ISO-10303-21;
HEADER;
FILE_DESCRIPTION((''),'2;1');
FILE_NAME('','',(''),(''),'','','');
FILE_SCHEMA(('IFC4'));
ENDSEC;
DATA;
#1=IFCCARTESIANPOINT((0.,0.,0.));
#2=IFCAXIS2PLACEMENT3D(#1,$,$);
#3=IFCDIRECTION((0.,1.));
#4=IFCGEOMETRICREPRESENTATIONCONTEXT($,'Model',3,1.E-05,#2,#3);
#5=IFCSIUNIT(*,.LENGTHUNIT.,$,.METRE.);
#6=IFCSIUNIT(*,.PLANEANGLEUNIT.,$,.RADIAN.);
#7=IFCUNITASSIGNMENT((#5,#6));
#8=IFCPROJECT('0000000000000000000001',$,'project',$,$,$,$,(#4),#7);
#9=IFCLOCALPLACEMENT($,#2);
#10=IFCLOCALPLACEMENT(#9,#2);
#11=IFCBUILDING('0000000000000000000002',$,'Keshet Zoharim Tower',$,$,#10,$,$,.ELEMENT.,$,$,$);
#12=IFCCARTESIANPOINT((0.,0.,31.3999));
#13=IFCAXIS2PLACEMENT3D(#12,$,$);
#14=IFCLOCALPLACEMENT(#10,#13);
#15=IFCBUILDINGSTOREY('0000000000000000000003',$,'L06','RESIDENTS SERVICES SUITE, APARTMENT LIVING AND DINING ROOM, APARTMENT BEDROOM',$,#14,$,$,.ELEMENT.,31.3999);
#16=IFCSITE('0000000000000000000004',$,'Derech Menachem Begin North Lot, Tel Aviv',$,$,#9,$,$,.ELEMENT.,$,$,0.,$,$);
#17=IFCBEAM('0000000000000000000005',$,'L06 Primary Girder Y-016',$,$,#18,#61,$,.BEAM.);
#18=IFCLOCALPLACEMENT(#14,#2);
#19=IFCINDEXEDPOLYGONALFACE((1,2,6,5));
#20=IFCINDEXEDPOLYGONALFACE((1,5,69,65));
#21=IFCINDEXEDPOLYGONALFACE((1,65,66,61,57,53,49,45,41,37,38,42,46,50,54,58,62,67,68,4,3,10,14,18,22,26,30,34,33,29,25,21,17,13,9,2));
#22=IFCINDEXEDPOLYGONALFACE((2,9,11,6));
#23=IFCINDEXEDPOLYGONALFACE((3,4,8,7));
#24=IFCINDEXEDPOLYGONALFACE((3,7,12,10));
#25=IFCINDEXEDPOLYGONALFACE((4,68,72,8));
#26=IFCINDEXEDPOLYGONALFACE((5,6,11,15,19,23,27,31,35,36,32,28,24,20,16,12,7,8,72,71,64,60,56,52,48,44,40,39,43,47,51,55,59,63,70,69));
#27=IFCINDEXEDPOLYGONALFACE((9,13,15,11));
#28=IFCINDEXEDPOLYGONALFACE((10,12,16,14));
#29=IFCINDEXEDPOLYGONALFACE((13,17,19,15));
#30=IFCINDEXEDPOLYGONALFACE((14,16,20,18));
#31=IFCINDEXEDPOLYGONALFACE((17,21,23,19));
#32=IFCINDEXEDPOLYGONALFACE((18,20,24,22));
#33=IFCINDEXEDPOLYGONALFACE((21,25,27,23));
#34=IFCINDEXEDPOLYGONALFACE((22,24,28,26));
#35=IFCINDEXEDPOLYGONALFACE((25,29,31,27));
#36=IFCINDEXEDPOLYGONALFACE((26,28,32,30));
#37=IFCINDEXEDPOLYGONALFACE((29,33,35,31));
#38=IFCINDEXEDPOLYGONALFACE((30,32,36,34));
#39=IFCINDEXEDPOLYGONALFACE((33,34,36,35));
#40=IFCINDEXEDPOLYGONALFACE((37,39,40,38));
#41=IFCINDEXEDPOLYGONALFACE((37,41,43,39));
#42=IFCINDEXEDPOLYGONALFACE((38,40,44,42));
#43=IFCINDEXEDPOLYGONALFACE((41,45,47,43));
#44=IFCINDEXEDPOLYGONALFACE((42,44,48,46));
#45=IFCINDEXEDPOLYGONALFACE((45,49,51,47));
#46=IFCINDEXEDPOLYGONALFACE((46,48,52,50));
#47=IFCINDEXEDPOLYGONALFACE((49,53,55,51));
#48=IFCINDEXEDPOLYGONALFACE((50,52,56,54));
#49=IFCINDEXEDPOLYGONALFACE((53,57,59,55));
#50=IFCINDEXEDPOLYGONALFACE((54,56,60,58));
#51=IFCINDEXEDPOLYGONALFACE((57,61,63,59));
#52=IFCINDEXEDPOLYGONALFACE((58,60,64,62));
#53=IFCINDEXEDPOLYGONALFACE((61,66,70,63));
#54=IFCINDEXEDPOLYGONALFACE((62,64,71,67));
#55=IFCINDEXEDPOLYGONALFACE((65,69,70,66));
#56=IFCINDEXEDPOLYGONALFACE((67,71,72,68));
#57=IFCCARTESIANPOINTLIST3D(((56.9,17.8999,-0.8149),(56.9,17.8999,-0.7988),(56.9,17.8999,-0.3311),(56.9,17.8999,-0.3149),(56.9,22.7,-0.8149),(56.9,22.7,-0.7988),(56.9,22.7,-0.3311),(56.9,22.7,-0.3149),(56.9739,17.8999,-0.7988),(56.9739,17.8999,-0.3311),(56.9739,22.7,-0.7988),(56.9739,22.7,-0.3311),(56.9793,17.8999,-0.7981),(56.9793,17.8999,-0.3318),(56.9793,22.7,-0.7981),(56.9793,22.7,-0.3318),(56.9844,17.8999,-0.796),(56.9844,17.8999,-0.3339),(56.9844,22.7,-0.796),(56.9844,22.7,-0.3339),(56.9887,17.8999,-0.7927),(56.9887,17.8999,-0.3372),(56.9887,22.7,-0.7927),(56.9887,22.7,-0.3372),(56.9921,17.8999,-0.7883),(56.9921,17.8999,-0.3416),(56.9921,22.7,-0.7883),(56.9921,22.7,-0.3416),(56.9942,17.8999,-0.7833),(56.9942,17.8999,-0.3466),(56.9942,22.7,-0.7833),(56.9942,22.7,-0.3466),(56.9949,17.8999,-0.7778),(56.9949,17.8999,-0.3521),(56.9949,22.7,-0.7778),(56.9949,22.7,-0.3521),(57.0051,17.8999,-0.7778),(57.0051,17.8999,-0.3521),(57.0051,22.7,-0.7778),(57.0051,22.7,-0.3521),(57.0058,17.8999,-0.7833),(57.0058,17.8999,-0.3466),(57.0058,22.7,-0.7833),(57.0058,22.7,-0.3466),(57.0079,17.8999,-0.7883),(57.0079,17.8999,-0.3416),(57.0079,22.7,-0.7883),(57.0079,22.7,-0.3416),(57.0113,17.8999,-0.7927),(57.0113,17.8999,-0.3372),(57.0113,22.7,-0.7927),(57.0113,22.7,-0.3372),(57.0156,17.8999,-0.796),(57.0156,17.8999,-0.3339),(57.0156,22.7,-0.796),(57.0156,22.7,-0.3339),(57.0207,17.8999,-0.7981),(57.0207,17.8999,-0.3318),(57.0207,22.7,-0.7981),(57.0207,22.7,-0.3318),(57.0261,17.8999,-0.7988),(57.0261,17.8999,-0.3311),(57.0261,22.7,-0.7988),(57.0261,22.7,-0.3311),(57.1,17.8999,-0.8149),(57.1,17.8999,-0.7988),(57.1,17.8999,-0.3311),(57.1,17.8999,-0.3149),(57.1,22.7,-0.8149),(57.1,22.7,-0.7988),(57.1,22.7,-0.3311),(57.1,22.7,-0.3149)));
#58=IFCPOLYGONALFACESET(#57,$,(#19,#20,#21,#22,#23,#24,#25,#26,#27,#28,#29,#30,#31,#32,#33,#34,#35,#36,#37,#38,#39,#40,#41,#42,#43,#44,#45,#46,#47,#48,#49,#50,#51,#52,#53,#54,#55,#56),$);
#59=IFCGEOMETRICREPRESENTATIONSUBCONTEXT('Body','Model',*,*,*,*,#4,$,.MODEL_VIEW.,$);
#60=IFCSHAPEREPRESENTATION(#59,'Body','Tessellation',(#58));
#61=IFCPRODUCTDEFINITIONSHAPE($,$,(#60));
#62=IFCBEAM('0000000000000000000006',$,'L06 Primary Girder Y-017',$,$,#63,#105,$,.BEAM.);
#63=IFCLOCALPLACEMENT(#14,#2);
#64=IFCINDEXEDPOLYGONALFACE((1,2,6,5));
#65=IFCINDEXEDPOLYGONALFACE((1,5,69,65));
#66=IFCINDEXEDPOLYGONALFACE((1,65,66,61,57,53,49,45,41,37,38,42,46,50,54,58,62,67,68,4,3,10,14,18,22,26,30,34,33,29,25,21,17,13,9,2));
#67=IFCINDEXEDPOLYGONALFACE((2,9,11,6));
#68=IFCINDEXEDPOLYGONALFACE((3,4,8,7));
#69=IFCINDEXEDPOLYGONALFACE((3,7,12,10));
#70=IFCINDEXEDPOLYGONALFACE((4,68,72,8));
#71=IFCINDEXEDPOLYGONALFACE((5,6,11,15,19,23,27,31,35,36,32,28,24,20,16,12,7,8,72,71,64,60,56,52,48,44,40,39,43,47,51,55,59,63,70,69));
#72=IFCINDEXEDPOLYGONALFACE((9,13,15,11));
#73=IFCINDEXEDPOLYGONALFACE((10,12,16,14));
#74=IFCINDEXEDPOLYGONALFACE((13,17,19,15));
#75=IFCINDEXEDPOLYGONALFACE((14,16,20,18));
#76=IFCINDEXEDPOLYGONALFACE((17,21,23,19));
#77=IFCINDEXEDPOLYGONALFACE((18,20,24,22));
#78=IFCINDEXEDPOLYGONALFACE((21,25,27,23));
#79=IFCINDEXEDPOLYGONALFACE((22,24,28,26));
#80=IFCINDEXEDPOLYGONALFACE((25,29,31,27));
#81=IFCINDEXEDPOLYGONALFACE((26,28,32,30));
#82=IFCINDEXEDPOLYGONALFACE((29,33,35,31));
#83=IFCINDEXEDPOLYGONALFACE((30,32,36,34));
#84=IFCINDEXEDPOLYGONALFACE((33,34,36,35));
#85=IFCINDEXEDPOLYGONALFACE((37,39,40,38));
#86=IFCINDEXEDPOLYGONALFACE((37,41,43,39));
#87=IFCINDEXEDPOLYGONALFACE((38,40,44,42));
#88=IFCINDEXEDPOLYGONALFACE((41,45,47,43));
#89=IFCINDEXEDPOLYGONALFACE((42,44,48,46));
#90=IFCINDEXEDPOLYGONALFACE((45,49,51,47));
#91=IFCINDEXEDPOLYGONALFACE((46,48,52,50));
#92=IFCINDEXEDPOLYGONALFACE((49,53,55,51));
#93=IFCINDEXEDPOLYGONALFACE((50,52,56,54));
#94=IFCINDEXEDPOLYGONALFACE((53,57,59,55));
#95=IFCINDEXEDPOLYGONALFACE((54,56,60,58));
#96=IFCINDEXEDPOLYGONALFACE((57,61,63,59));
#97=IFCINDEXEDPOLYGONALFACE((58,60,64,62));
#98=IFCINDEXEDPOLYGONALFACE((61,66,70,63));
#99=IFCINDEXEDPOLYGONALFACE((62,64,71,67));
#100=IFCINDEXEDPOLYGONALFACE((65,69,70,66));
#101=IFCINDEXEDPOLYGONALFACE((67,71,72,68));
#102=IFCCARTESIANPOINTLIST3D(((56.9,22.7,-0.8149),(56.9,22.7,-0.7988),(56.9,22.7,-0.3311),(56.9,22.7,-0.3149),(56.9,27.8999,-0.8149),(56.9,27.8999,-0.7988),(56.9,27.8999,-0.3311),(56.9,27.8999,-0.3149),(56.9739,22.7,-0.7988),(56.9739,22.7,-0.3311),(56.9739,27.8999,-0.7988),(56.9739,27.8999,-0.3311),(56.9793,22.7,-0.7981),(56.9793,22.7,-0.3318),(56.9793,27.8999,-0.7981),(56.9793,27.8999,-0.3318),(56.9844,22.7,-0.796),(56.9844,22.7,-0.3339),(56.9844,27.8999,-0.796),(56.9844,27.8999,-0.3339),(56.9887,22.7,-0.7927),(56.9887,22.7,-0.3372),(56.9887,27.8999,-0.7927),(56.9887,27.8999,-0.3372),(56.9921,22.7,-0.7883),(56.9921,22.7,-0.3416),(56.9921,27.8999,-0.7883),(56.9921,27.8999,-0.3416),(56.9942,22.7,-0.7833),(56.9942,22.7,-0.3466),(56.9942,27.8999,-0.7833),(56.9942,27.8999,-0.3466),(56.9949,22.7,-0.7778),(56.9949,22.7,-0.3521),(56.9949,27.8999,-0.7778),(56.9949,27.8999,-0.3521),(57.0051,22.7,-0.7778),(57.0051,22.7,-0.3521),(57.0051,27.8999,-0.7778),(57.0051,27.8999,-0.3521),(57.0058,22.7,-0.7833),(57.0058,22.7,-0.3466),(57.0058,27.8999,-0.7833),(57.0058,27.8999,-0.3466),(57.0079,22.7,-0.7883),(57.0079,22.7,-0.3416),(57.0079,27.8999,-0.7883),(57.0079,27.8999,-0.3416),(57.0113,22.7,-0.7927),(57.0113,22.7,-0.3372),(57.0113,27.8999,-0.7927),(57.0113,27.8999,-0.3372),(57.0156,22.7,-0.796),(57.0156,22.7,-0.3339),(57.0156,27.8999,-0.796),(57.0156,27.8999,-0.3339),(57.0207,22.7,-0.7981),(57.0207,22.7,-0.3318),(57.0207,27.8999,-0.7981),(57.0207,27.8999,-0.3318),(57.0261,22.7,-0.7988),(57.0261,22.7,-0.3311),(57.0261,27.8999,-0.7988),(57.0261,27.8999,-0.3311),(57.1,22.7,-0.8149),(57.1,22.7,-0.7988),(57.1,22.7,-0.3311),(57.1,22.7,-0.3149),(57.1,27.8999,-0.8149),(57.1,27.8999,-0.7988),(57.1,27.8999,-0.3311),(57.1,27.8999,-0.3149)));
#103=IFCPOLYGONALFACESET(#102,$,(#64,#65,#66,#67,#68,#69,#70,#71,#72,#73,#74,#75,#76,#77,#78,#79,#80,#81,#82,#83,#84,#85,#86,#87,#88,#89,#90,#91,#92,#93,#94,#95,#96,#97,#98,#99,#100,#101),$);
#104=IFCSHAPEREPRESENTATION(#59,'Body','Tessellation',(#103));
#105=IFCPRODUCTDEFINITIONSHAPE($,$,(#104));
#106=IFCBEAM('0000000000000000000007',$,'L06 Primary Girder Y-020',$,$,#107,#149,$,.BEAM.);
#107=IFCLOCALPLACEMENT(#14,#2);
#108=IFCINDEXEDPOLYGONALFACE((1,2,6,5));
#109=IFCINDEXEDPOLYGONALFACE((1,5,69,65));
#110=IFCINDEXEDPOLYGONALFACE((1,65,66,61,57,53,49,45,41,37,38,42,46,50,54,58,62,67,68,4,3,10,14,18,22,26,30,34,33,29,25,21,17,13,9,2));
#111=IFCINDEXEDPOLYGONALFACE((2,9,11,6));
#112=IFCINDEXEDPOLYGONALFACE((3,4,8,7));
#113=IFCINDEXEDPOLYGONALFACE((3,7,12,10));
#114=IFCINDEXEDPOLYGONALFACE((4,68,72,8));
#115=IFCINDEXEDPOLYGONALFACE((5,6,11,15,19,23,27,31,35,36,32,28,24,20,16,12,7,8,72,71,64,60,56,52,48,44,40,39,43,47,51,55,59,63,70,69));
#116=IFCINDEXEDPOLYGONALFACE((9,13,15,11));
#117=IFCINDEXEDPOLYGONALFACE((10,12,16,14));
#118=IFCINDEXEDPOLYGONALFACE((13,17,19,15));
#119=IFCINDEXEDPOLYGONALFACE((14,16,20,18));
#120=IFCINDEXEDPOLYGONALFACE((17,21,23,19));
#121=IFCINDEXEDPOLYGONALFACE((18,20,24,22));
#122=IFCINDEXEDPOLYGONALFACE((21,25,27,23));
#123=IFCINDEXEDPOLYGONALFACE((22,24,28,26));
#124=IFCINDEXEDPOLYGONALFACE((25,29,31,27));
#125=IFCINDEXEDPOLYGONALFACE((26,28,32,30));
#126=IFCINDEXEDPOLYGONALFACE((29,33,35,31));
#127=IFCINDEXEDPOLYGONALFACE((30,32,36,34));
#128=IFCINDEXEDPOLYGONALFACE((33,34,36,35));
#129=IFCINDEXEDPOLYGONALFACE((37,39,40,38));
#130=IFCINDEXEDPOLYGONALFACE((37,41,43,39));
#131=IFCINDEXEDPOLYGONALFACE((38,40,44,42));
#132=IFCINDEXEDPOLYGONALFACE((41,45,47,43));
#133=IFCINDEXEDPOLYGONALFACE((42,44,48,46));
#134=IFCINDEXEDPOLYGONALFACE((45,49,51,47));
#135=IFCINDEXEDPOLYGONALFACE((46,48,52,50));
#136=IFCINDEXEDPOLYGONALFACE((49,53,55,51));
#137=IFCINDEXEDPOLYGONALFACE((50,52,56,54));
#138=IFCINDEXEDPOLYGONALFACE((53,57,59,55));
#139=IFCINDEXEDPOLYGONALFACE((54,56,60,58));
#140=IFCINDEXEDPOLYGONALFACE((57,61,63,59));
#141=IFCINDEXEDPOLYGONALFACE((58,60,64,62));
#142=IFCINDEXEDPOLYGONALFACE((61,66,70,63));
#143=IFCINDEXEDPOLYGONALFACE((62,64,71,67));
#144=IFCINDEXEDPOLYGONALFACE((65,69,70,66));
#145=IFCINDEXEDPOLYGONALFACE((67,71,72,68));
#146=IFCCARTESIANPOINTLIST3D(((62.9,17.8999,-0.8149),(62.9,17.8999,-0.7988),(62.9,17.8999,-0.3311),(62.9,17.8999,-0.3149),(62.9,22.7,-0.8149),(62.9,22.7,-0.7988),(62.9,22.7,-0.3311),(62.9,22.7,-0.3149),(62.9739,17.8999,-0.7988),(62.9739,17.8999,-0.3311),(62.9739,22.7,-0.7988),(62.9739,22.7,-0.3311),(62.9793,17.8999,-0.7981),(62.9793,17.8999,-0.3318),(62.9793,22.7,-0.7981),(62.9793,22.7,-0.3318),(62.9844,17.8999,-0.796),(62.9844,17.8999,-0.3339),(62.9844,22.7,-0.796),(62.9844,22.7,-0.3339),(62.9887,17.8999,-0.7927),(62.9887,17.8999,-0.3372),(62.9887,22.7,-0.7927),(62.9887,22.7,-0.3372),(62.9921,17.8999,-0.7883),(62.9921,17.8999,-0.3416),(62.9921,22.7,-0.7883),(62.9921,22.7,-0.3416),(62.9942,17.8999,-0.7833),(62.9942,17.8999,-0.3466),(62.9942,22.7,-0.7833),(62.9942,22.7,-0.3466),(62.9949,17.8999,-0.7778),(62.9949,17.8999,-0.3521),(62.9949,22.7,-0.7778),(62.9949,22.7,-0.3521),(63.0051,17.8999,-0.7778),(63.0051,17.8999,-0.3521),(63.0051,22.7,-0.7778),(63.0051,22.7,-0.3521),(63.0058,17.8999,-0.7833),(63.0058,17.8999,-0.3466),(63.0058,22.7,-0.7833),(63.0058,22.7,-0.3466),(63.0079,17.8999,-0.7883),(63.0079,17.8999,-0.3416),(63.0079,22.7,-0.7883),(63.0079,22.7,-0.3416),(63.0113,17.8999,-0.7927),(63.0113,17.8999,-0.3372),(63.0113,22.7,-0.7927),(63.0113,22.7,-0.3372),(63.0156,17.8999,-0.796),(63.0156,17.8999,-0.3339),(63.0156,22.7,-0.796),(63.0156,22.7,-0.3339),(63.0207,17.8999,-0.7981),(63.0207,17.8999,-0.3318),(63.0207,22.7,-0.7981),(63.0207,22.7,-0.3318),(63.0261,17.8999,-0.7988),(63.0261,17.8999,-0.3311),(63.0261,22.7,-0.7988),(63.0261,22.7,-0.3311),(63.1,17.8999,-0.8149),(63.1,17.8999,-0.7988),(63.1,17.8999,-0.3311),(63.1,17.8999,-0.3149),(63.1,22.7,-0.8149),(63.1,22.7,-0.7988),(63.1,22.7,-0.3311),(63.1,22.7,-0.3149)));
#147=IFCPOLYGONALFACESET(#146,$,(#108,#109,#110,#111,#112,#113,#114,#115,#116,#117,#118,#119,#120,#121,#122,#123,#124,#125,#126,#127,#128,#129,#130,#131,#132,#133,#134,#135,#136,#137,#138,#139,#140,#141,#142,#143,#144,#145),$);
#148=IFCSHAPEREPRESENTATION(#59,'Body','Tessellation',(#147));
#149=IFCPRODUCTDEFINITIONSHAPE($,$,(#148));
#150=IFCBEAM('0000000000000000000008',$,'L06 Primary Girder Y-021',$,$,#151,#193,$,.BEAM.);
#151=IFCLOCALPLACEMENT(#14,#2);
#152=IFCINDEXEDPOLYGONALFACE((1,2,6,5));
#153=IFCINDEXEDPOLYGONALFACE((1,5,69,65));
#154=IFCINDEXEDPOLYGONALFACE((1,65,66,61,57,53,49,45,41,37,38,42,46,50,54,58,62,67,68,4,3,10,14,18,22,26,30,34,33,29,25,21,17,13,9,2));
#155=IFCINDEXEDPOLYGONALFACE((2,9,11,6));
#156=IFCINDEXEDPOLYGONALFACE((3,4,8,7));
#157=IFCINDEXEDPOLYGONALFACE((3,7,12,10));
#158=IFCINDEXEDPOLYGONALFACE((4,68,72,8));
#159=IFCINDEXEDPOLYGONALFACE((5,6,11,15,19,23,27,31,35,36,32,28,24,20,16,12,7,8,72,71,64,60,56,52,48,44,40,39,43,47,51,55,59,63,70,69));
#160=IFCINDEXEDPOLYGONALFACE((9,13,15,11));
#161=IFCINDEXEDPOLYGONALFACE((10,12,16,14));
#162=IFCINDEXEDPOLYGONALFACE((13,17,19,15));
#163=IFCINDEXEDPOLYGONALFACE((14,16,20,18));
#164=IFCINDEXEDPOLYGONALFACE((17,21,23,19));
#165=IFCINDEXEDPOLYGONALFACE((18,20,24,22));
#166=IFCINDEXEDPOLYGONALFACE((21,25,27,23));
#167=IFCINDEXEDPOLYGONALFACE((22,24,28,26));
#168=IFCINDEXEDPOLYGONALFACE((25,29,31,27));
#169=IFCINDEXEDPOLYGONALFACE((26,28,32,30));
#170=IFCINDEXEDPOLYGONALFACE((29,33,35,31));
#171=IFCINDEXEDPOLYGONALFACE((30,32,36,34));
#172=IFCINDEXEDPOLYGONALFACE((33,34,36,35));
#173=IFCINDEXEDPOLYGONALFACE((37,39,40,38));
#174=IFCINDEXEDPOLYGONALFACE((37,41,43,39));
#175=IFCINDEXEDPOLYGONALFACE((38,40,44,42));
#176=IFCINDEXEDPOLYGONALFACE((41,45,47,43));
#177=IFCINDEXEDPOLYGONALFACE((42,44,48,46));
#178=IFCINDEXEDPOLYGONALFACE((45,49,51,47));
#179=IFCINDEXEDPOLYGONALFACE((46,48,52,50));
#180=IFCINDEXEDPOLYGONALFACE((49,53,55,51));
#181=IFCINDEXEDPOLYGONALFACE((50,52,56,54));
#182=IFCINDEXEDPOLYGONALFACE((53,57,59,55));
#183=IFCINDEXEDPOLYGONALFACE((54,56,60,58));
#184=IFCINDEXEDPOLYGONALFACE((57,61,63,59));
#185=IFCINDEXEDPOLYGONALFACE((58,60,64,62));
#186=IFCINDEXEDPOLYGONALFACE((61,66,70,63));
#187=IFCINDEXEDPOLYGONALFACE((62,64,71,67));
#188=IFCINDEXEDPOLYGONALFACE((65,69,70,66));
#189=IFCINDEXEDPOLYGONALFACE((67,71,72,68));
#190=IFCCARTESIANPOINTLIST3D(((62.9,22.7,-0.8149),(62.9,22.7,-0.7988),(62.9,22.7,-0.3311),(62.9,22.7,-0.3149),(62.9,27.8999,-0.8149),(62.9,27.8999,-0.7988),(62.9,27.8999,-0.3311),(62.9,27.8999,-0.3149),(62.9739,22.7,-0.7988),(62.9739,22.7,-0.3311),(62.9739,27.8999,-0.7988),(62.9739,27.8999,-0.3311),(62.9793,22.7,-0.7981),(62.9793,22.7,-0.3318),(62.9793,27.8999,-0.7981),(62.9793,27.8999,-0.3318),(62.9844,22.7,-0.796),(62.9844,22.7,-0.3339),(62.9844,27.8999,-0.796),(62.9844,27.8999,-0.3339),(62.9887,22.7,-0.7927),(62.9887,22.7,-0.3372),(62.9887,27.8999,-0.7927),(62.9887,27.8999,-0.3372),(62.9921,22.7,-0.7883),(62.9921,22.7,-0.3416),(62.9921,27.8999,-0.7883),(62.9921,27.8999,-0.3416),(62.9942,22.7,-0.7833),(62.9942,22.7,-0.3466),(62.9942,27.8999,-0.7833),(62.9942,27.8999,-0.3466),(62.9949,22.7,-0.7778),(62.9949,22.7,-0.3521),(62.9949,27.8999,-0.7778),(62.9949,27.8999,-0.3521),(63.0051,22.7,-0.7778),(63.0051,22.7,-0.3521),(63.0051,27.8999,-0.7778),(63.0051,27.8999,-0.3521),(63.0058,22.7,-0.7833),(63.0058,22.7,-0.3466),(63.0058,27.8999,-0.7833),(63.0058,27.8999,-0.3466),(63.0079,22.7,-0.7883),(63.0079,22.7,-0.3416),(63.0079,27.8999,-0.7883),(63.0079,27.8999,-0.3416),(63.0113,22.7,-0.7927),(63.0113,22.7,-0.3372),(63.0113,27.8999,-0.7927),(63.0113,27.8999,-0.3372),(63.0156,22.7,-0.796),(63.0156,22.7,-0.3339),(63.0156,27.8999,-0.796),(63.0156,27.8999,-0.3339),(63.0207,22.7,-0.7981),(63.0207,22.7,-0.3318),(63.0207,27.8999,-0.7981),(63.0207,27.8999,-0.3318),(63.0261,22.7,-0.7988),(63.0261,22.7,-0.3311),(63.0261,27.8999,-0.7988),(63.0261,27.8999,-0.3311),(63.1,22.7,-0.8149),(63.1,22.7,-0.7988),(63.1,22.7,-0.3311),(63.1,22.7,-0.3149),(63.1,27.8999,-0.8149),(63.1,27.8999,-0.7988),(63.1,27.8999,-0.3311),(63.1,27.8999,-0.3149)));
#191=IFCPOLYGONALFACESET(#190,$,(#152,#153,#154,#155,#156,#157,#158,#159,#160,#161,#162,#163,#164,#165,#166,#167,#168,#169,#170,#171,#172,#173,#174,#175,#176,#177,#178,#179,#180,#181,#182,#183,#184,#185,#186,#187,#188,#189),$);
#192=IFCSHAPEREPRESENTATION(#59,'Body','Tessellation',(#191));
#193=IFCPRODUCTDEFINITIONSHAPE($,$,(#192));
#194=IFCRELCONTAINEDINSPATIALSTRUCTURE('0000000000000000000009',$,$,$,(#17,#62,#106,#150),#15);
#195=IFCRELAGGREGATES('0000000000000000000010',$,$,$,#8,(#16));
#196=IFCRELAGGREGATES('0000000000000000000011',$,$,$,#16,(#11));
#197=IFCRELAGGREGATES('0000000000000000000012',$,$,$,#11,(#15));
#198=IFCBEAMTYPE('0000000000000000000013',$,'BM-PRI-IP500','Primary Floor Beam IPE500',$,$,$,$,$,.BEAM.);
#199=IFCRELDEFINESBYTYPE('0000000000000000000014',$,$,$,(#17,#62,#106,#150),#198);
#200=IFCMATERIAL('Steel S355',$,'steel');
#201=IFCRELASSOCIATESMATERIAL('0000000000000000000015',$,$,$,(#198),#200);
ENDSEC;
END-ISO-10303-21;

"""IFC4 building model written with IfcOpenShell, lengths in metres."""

from ifc_helpers import new_model, si_unit, direction, frame, origin, origin_2d, place, context, subcontext, project, spatial, i_section, extrude, material, material_profile, profile_set, type_object, element, save


model = new_model("IFC4")

# Units and contexts
model_context = context("Model", 3, precision=1e-05, world=origin(), true_north=direction((0.0, 1.0)))
body_context = subcontext(model_context, "Body", "Model", "MODEL_VIEW")
ifc_project = project(units=[si_unit("LENGTHUNIT", "METRE"), si_unit("PLANEANGLEUNIT", "RADIAN")], contexts=[model_context])

# Site, building, storey
site_placement = place(None, origin())
site = spatial("IfcSite", under=ifc_project, at=site_placement, Name="Derech Menachem Begin North Lot, Tel Aviv", CompositionType="ELEMENT", RefElevation=0.0)
building_placement = place(site_placement, origin())
building = spatial("IfcBuilding", under=site, at=building_placement, Name="Keshet Zoharim Tower", CompositionType="ELEMENT")
storey_placement = place(building_placement, frame((0.0, 0.0, 31.3999)))
storey = spatial("IfcBuildingStorey", under=building, at=storey_placement, Name="L06", Description="RESIDENTS SERVICES SUITE, APARTMENT LIVING AND DINING ROOM, APARTMENT BEDROOM", CompositionType="ELEMENT", Elevation=31.3999)

# Shared definitions
ifc_material_1 = material(Name="Steel S355", Category="steel")

# Beams
ifc_material_profile_1 = material_profile(ifc_material_1, i_section(OverallWidth=0.2, OverallDepth=0.5, WebThickness=0.0103, FlangeThickness=0.0161, FilletRadius=0.021, at=origin_2d()), Name="IPE500")
ifc_profile_set_1 = profile_set([ifc_material_profile_1], Name="Steel S355")
beam_type_1 = type_object("IfcBeamType", Name="BM-PRI-IP500", Description="Primary Floor Beam IPE500", PredefinedType="BEAM", material=ifc_profile_set_1)
beam_1_placement = place(storey_placement, frame((57.0, 17.8999, -0.5649), z_axis=(0.0, 1.0, 0.0), x_axis=(-1.0, 0.0, 0.0)))
element("IfcBeam", 1, at=beam_1_placement, inside=storey, type_object=beam_type_1, Name="L06 Primary Girder Y-016", PredefinedType="BEAM", context=body_context, shape_type="SweptSolid", body=[
    extrude(i_section(OverallWidth=0.2, OverallDepth=0.5, WebThickness=0.0103, FlangeThickness=0.0161, FilletRadius=0.021, at=origin_2d()), origin(), (0.0, 0.0, 1.0), 4.8),
])
beam_2_placement = place(storey_placement, frame((57.0, 22.7, -0.5649), z_axis=(0.0, 1.0, 0.0), x_axis=(-1.0, 0.0, 0.0)))
element("IfcBeam", 2, at=beam_2_placement, inside=storey, type_object=beam_type_1, Name="L06 Primary Girder Y-017", PredefinedType="BEAM", context=body_context, shape_type="SweptSolid", body=[
    extrude(i_section(OverallWidth=0.2, OverallDepth=0.5, WebThickness=0.0103, FlangeThickness=0.0161, FilletRadius=0.021, at=origin_2d()), origin(), (0.0, 0.0, 1.0), 5.2),
])
beam_3_placement = place(storey_placement, frame((63.0, 17.8999, -0.5649), z_axis=(0.0, 1.0, 0.0), x_axis=(-1.0, 0.0, 0.0)))
element("IfcBeam", 3, at=beam_3_placement, inside=storey, type_object=beam_type_1, Name="L06 Primary Girder Y-020", PredefinedType="BEAM", context=body_context, shape_type="SweptSolid", body=[
    extrude(i_section(OverallWidth=0.2, OverallDepth=0.5, WebThickness=0.0103, FlangeThickness=0.0161, FilletRadius=0.021, at=origin_2d()), origin(), (0.0, 0.0, 1.0), 4.8),
])
beam_4_placement = place(storey_placement, frame((63.0, 22.7, -0.5649), z_axis=(0.0, 1.0, 0.0), x_axis=(-1.0, 0.0, 0.0)))
element("IfcBeam", 4, at=beam_4_placement, inside=storey, type_object=beam_type_1, Name="L06 Primary Girder Y-021", PredefinedType="BEAM", context=body_context, shape_type="SweptSolid", body=[
    extrude(i_section(OverallWidth=0.2, OverallDepth=0.5, WebThickness=0.0103, FlangeThickness=0.0161, FilletRadius=0.021, at=origin_2d()), origin(), (0.0, 0.0, 1.0), 5.2),
])

save(model, "model.ifc")
